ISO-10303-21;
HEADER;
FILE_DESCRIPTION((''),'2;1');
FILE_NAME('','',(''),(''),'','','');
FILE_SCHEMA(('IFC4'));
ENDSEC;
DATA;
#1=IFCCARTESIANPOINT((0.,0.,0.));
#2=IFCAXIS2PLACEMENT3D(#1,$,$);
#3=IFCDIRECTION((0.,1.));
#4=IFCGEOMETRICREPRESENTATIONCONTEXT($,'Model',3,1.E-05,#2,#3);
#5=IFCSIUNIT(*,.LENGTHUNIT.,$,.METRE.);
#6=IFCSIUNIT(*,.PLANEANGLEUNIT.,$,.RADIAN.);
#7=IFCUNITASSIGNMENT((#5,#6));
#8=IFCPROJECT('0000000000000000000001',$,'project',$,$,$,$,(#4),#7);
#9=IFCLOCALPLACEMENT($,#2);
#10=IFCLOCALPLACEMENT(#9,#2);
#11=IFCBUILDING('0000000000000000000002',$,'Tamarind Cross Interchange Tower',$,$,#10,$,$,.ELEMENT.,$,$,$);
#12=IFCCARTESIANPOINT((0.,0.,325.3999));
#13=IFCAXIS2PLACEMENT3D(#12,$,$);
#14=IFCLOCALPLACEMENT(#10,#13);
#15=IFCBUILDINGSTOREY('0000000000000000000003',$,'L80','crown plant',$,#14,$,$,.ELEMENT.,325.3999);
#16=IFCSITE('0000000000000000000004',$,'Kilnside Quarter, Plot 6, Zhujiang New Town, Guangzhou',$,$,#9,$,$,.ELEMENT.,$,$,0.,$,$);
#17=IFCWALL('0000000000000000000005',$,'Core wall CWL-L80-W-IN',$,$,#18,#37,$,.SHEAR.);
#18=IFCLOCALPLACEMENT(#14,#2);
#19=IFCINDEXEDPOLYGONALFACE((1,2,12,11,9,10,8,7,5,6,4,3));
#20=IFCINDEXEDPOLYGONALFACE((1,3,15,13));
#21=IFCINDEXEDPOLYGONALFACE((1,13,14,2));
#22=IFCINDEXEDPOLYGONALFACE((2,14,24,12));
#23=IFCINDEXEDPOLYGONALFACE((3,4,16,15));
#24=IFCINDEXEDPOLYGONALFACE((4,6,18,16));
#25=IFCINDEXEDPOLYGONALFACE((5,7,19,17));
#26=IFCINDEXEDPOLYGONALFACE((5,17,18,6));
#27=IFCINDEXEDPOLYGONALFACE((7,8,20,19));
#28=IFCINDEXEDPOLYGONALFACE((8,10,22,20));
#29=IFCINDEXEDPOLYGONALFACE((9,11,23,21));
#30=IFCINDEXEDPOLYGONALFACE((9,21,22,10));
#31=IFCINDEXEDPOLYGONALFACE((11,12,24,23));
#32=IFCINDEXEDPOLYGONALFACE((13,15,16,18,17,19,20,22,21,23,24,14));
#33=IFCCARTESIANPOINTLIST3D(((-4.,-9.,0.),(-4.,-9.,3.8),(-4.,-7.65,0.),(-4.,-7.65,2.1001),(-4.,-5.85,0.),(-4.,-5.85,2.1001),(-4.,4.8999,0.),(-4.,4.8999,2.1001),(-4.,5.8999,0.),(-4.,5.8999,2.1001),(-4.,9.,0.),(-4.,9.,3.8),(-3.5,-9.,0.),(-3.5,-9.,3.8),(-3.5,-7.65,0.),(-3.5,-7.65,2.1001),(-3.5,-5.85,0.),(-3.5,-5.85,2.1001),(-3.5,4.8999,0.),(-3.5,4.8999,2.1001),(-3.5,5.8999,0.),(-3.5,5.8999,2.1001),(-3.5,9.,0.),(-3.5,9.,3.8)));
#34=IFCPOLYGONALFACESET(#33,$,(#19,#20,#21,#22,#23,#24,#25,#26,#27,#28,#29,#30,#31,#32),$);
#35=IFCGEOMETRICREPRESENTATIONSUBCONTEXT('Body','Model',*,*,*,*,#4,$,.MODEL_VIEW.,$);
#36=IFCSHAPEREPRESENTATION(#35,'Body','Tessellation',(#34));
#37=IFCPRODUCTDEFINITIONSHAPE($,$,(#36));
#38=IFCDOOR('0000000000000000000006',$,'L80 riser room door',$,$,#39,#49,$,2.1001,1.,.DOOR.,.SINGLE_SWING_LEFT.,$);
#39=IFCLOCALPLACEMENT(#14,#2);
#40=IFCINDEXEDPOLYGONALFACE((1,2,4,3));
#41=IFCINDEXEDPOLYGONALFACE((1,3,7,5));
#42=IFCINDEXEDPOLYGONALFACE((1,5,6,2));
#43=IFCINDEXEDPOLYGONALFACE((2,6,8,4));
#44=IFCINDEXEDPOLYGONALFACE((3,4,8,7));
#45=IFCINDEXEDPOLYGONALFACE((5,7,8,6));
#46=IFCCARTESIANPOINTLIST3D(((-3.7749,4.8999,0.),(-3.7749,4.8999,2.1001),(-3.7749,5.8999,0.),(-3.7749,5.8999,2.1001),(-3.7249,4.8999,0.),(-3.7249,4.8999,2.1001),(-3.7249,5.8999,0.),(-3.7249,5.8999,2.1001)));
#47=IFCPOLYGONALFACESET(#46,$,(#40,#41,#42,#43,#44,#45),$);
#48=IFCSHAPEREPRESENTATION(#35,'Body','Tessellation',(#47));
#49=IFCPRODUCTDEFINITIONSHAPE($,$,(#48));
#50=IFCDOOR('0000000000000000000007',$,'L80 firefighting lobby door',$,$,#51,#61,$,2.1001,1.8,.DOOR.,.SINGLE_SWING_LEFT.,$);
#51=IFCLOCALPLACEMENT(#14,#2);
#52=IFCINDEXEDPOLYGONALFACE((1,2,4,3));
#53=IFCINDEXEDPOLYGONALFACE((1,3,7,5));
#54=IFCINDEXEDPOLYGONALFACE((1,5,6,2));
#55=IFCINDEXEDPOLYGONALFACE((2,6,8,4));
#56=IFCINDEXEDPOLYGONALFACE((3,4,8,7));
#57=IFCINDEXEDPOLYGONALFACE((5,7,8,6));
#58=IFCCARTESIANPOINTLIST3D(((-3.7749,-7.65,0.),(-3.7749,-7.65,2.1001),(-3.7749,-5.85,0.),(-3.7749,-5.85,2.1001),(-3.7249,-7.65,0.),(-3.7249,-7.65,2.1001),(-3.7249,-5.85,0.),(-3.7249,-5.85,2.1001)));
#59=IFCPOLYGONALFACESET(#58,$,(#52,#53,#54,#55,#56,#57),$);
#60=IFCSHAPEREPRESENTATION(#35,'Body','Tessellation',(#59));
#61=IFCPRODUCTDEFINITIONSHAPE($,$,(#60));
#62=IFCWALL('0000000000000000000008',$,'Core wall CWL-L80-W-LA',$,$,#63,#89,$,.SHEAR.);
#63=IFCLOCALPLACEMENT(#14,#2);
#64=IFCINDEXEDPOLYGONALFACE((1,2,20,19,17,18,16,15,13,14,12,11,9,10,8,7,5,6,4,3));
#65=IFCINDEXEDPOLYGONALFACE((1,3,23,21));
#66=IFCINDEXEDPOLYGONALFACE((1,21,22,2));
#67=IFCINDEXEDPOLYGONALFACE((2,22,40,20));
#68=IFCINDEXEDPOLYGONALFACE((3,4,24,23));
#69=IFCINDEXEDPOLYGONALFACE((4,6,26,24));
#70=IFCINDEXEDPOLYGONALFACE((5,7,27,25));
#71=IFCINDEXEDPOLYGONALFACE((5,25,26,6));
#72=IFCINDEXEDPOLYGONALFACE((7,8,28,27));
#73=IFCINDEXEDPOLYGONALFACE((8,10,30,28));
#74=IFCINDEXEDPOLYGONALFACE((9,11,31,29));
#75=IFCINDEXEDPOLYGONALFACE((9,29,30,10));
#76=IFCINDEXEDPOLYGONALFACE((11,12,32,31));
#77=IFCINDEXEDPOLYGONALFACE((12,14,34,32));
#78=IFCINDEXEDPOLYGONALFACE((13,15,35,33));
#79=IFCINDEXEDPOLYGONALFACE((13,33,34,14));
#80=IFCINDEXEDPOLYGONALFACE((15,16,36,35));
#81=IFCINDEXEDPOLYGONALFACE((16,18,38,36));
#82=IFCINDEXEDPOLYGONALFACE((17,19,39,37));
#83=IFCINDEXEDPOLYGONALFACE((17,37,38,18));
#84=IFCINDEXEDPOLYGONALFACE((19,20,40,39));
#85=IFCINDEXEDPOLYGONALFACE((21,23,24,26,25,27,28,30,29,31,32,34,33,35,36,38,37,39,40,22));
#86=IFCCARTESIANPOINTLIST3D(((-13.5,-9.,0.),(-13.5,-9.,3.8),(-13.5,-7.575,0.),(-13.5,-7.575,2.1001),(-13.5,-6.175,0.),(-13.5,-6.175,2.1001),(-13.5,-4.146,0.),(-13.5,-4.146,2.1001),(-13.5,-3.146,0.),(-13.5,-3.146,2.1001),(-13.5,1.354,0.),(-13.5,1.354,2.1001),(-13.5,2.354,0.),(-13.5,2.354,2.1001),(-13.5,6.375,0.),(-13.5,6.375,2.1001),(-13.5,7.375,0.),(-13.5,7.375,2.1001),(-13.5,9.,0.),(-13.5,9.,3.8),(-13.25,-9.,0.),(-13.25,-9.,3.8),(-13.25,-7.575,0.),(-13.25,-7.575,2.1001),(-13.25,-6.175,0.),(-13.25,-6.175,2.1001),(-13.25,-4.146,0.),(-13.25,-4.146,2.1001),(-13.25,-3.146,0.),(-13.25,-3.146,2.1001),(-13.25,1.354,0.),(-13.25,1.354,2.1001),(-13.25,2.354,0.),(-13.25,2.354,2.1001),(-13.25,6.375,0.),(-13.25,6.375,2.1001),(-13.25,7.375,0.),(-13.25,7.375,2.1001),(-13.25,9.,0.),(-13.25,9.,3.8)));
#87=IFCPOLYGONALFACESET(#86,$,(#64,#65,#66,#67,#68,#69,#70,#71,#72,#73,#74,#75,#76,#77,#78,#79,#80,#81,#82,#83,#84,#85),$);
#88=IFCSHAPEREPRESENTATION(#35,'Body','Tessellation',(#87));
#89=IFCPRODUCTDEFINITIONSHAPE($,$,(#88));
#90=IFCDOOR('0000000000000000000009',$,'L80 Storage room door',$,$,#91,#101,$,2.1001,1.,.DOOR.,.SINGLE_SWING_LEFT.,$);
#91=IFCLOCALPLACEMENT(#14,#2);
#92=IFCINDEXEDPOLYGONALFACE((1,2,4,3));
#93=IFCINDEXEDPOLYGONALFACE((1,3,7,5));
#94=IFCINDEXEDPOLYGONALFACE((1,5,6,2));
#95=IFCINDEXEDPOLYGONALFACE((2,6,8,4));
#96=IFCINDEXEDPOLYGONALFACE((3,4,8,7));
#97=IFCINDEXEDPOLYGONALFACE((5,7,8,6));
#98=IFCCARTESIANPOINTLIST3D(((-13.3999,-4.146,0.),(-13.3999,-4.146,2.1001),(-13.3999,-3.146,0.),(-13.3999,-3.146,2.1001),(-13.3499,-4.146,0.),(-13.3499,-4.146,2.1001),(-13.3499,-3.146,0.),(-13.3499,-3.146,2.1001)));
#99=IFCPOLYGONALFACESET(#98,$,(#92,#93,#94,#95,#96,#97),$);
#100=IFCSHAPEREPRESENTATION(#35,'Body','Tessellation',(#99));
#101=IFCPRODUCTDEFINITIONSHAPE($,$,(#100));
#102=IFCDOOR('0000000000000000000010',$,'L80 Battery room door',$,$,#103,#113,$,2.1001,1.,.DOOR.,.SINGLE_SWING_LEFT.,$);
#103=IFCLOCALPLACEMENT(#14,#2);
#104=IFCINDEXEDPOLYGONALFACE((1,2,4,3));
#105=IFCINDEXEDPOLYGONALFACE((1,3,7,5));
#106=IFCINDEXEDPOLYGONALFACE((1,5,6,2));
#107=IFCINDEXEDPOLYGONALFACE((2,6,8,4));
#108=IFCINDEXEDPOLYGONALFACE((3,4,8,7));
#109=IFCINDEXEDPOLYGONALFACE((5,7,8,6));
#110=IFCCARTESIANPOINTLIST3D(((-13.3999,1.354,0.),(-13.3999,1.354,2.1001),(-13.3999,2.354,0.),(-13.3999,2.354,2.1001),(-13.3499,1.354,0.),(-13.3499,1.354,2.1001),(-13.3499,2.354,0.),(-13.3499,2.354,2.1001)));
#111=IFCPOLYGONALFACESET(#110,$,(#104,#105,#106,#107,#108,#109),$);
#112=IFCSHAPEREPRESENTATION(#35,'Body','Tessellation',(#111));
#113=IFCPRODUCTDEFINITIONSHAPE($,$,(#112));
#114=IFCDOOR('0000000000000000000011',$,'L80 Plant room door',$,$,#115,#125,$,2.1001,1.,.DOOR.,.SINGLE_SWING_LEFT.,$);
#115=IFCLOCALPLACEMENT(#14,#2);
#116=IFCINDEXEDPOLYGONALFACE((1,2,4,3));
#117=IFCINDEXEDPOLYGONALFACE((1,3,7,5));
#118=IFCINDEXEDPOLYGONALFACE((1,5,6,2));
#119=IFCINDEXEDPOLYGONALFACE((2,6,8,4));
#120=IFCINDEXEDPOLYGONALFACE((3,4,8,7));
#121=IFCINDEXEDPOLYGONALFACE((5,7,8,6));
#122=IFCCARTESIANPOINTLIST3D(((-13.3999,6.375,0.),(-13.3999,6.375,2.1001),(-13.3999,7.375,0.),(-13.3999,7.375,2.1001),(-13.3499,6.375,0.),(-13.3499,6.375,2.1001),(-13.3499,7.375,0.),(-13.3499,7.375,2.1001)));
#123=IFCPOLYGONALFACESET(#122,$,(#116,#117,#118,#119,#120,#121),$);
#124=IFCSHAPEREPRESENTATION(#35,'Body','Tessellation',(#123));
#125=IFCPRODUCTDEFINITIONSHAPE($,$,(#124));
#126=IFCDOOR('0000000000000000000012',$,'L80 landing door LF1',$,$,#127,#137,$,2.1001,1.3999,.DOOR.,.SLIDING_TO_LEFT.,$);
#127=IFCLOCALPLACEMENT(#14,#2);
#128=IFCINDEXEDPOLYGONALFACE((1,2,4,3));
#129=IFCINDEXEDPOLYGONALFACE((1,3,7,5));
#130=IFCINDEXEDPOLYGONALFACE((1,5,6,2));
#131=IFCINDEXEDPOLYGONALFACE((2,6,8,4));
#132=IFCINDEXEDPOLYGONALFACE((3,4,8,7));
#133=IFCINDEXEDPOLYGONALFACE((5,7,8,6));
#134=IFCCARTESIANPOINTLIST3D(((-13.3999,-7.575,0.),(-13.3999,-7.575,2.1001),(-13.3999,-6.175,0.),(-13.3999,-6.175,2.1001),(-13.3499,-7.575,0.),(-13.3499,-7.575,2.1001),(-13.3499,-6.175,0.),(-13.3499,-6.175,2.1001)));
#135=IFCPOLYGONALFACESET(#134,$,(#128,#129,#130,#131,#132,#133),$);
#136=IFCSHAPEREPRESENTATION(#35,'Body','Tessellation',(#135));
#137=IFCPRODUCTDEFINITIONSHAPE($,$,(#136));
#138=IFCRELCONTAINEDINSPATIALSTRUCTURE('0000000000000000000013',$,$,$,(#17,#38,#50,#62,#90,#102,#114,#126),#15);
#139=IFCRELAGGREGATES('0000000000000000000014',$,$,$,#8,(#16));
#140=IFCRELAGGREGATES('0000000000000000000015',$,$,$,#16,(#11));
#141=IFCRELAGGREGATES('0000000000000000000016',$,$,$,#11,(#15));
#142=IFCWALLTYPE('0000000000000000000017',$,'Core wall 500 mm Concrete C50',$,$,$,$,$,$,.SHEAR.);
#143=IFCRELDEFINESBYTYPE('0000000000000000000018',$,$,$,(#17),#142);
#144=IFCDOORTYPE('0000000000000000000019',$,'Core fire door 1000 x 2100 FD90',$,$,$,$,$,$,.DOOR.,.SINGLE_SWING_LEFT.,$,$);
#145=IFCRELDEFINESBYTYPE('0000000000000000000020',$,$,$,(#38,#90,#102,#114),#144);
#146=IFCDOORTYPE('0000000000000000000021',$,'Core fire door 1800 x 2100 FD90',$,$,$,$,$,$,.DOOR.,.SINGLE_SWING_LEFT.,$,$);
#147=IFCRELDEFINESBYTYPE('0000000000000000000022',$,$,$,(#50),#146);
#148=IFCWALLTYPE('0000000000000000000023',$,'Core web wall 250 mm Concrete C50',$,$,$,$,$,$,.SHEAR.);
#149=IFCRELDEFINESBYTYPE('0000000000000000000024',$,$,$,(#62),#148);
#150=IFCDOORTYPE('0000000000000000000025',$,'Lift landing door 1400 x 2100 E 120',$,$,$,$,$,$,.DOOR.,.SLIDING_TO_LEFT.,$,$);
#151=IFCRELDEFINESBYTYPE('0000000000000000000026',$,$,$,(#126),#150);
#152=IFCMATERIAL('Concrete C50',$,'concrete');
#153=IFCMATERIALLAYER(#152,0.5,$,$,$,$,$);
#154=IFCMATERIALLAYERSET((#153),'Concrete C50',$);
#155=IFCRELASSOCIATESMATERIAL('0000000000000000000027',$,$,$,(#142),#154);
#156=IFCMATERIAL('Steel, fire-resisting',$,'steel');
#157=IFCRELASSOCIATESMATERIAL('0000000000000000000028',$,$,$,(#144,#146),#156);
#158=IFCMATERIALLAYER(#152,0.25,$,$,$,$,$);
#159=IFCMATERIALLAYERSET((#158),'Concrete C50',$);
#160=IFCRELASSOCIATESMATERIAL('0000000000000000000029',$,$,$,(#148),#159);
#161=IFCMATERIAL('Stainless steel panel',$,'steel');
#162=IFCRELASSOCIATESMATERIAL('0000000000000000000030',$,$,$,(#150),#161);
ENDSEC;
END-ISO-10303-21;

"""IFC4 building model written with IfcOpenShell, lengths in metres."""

from ifc_helpers import new_model, si_unit, direction, frame, frame_2d, origin, place, context, subcontext, project, spatial, rectangle, extrude, material, layer, layer_set, type_object, element, fill, save


model = new_model("IFC4")

# Units and contexts
model_context = context("Model", 3, precision=1e-05, world=origin(), true_north=direction((0.0, 1.0)))
body_context = subcontext(model_context, "Body", "Model", "MODEL_VIEW")
ifc_project = project(units=[si_unit("LENGTHUNIT", "METRE"), si_unit("PLANEANGLEUNIT", "RADIAN")], contexts=[model_context])

# Site, building, storey
site_placement = place(None, origin())
site = spatial("IfcSite", under=ifc_project, at=site_placement, Name="Kilnside Quarter, Plot 6, Zhujiang New Town, Guangzhou", CompositionType="ELEMENT", RefElevation=0.0)
building_placement = place(site_placement, origin())
building = spatial("IfcBuilding", under=site, at=building_placement, Name="Tamarind Cross Interchange Tower", CompositionType="ELEMENT")
storey_placement = place(building_placement, frame((0.0, 0.0, 325.3999)))
storey = spatial("IfcBuildingStorey", under=building, at=storey_placement, Name="L80", Description="crown plant", CompositionType="ELEMENT", Elevation=325.3999)

# Walls, openings, doors
ifc_material_1 = material(Name="Concrete C50", Category="concrete")
ifc_layer_1 = layer(ifc_material_1, 0.5)
ifc_layer_set_1 = layer_set([ifc_layer_1], Name="Concrete C50")
wall_type_1 = type_object("IfcWallType", Name="Core wall 500 mm Concrete C50", PredefinedType="SHEAR", material=ifc_layer_set_1)
wall_1_placement = place(storey_placement, frame((-3.75, -9.0, 0.0), z_axis=(0.0, 0.0, 1.0), x_axis=(0.0, 1.0, 0.0)))
wall_1 = element("IfcWall", 1, at=wall_1_placement, inside=storey, type_object=wall_type_1, Name="Core wall CWL-L80-W-IN", PredefinedType="SHEAR", context=body_context, shape_type="SweptSolid", body=[
    extrude(rectangle(XDim=18.0, YDim=0.5, at=frame_2d((9.0, 0.0))), origin(), (0.0, 0.0, 1.0), 3.8),
])
opening_1_placement = place(wall_1_placement, frame((1.3501, 0.0, 0.0)))
opening_1 = element("IfcOpeningElement", 2, at=opening_1_placement, cuts=wall_1, PredefinedType="OPENING", context=body_context, shape_type="SweptSolid", body=[
    extrude(rectangle(XDim=1.8, YDim=2.1001, at=frame_2d((0.8999, 1.05))), frame((0.0, 0.26, 0.0), z_axis=(0.0, -1.0, 0.0), x_axis=(1.0, 0.0, 0.0)), (0.0, 0.0, 1.0), 0.52),
])
opening_2_placement = place(wall_1_placement, frame((13.8999, 0.0, 0.0)))
opening_2 = element("IfcOpeningElement", 3, at=opening_2_placement, cuts=wall_1, PredefinedType="OPENING", context=body_context, shape_type="SweptSolid", body=[
    extrude(rectangle(XDim=1.0, YDim=2.1001, at=frame_2d((0.5, 1.05))), frame((0.0, 0.26, 0.0), z_axis=(0.0, -1.0, 0.0), x_axis=(1.0, 0.0, 0.0)), (0.0, 0.0, 1.0), 0.52),
])
ifc_material_2 = material(Name="Steel, fire-resisting", Category="steel")
door_type_1 = type_object("IfcDoorType", Name="Core fire door 1000 x 2100 FD90", OperationType="SINGLE_SWING_LEFT", PredefinedType="DOOR", material=ifc_material_2)
door_1_placement = place(opening_2_placement, origin())
door_1 = element("IfcDoor", 4, at=door_1_placement, inside=storey, type_object=door_type_1, Name="L80 riser room door", OperationType="SINGLE_SWING_LEFT", OverallHeight=2.1001, OverallWidth=1.0, PredefinedType="DOOR", context=body_context, shape_type="SweptSolid", body=[
    extrude(rectangle(XDim=1.0, YDim=2.1001, at=frame_2d((0.5, 1.05))), frame((0.0, 0.0249, 0.0), z_axis=(0.0, -1.0, 0.0), x_axis=(1.0, 0.0, 0.0)), (0.0, 0.0, 1.0), 0.05),
])
fill(opening_2, door_1)
door_type_2 = type_object("IfcDoorType", Name="Core fire door 1800 x 2100 FD90", OperationType="SINGLE_SWING_LEFT", PredefinedType="DOOR", material=ifc_material_2)
door_2_placement = place(opening_1_placement, origin())
door_2 = element("IfcDoor", 5, at=door_2_placement, inside=storey, type_object=door_type_2, Name="L80 firefighting lobby door", OperationType="SINGLE_SWING_LEFT", OverallHeight=2.1001, OverallWidth=1.8, PredefinedType="DOOR", context=body_context, shape_type="SweptSolid", body=[
    extrude(rectangle(XDim=1.8, YDim=2.1001, at=frame_2d((0.8999, 1.05))), frame((0.0, 0.0249, 0.0), z_axis=(0.0, -1.0, 0.0), x_axis=(1.0, 0.0, 0.0)), (0.0, 0.0, 1.0), 0.05),
])
fill(opening_1, door_2)
ifc_layer_2 = layer(ifc_material_1, 0.25)
ifc_layer_set_2 = layer_set([ifc_layer_2], Name="Concrete C50")
wall_type_2 = type_object("IfcWallType", Name="Core web wall 250 mm Concrete C50", PredefinedType="SHEAR", material=ifc_layer_set_2)
wall_2_placement = place(storey_placement, frame((-13.375, -9.0, 0.0), z_axis=(0.0, 0.0, 1.0), x_axis=(0.0, 1.0, 0.0)))
wall_2 = element("IfcWall", 6, at=wall_2_placement, inside=storey, type_object=wall_type_2, Name="Core wall CWL-L80-W-LA", PredefinedType="SHEAR", context=body_context, shape_type="SweptSolid", body=[
    extrude(rectangle(XDim=18.0, YDim=0.25, at=frame_2d((9.0, 0.0))), origin(), (0.0, 0.0, 1.0), 3.8),
])
opening_3_placement = place(wall_2_placement, frame((1.425, 0.0, 0.0)))
opening_3 = element("IfcOpeningElement", 7, at=opening_3_placement, cuts=wall_2, PredefinedType="OPENING", context=body_context, shape_type="SweptSolid", body=[
    extrude(rectangle(XDim=1.3999, YDim=2.1001, at=frame_2d((0.7, 1.05))), frame((0.0, 0.135, 0.0), z_axis=(0.0, -1.0, 0.0), x_axis=(1.0, 0.0, 0.0)), (0.0, 0.0, 1.0), 0.27),
])
opening_4_placement = place(wall_2_placement, frame((4.854, 0.0, 0.0)))
opening_4 = element("IfcOpeningElement", 8, at=opening_4_placement, cuts=wall_2, PredefinedType="OPENING", context=body_context, shape_type="SweptSolid", body=[
    extrude(rectangle(XDim=1.0, YDim=2.1001, at=frame_2d((0.5, 1.05))), frame((0.0, 0.135, 0.0), z_axis=(0.0, -1.0, 0.0), x_axis=(1.0, 0.0, 0.0)), (0.0, 0.0, 1.0), 0.27),
])
opening_5_placement = place(wall_2_placement, frame((10.354, 0.0, 0.0)))
opening_5 = element("IfcOpeningElement", 9, at=opening_5_placement, cuts=wall_2, PredefinedType="OPENING", context=body_context, shape_type="SweptSolid", body=[
    extrude(rectangle(XDim=1.0, YDim=2.1001, at=frame_2d((0.5, 1.05))), frame((0.0, 0.135, 0.0), z_axis=(0.0, -1.0, 0.0), x_axis=(1.0, 0.0, 0.0)), (0.0, 0.0, 1.0), 0.27),
])
opening_6_placement = place(wall_2_placement, frame((15.375, 0.0, 0.0)))
opening_6 = element("IfcOpeningElement", 10, at=opening_6_placement, cuts=wall_2, PredefinedType="OPENING", context=body_context, shape_type="SweptSolid", body=[
    extrude(rectangle(XDim=1.0, YDim=2.1001, at=frame_2d((0.5, 1.05))), frame((0.0, 0.135, 0.0), z_axis=(0.0, -1.0, 0.0), x_axis=(1.0, 0.0, 0.0)), (0.0, 0.0, 1.0), 0.27),
])
door_3_placement = place(opening_4_placement, origin())
door_3 = element("IfcDoor", 11, at=door_3_placement, inside=storey, type_object=door_type_1, Name="L80 Storage room door", OperationType="SINGLE_SWING_LEFT", OverallHeight=2.1001, OverallWidth=1.0, PredefinedType="DOOR", context=body_context, shape_type="SweptSolid", body=[
    extrude(rectangle(XDim=1.0, YDim=2.1001, at=frame_2d((0.5, 1.05))), frame((0.0, 0.0249, 0.0), z_axis=(0.0, -1.0, 0.0), x_axis=(1.0, 0.0, 0.0)), (0.0, 0.0, 1.0), 0.05),
])
fill(opening_4, door_3)
door_4_placement = place(opening_5_placement, origin())
door_4 = element("IfcDoor", 12, at=door_4_placement, inside=storey, type_object=door_type_1, Name="L80 Battery room door", OperationType="SINGLE_SWING_LEFT", OverallHeight=2.1001, OverallWidth=1.0, PredefinedType="DOOR", context=body_context, shape_type="SweptSolid", body=[
    extrude(rectangle(XDim=1.0, YDim=2.1001, at=frame_2d((0.5, 1.05))), frame((0.0, 0.0249, 0.0), z_axis=(0.0, -1.0, 0.0), x_axis=(1.0, 0.0, 0.0)), (0.0, 0.0, 1.0), 0.05),
])
fill(opening_5, door_4)
door_5_placement = place(opening_6_placement, origin())
door_5 = element("IfcDoor", 13, at=door_5_placement, inside=storey, type_object=door_type_1, Name="L80 Plant room door", OperationType="SINGLE_SWING_LEFT", OverallHeight=2.1001, OverallWidth=1.0, PredefinedType="DOOR", context=body_context, shape_type="SweptSolid", body=[
    extrude(rectangle(XDim=1.0, YDim=2.1001, at=frame_2d((0.5, 1.05))), frame((0.0, 0.0249, 0.0), z_axis=(0.0, -1.0, 0.0), x_axis=(1.0, 0.0, 0.0)), (0.0, 0.0, 1.0), 0.05),
])
fill(opening_6, door_5)
ifc_material_3 = material(Name="Stainless steel panel", Category="steel")
door_type_3 = type_object("IfcDoorType", Name="Lift landing door 1400 x 2100 E 120", OperationType="SLIDING_TO_LEFT", PredefinedType="DOOR", material=ifc_material_3)
door_6_placement = place(opening_3_placement, origin())
door_6 = element("IfcDoor", 14, at=door_6_placement, inside=storey, type_object=door_type_3, Name="L80 landing door LF1", OperationType="SLIDING_TO_LEFT", OverallHeight=2.1001, OverallWidth=1.3999, PredefinedType="DOOR", context=body_context, shape_type="SweptSolid", body=[
    extrude(rectangle(XDim=1.3999, YDim=2.1001, at=frame_2d((0.7, 1.05))), frame((0.0, 0.0249, 0.0), z_axis=(0.0, -1.0, 0.0), x_axis=(1.0, 0.0, 0.0)), (0.0, 0.0, 1.0), 0.05),
])
fill(opening_3, door_6)

save(model, "model.ifc")
